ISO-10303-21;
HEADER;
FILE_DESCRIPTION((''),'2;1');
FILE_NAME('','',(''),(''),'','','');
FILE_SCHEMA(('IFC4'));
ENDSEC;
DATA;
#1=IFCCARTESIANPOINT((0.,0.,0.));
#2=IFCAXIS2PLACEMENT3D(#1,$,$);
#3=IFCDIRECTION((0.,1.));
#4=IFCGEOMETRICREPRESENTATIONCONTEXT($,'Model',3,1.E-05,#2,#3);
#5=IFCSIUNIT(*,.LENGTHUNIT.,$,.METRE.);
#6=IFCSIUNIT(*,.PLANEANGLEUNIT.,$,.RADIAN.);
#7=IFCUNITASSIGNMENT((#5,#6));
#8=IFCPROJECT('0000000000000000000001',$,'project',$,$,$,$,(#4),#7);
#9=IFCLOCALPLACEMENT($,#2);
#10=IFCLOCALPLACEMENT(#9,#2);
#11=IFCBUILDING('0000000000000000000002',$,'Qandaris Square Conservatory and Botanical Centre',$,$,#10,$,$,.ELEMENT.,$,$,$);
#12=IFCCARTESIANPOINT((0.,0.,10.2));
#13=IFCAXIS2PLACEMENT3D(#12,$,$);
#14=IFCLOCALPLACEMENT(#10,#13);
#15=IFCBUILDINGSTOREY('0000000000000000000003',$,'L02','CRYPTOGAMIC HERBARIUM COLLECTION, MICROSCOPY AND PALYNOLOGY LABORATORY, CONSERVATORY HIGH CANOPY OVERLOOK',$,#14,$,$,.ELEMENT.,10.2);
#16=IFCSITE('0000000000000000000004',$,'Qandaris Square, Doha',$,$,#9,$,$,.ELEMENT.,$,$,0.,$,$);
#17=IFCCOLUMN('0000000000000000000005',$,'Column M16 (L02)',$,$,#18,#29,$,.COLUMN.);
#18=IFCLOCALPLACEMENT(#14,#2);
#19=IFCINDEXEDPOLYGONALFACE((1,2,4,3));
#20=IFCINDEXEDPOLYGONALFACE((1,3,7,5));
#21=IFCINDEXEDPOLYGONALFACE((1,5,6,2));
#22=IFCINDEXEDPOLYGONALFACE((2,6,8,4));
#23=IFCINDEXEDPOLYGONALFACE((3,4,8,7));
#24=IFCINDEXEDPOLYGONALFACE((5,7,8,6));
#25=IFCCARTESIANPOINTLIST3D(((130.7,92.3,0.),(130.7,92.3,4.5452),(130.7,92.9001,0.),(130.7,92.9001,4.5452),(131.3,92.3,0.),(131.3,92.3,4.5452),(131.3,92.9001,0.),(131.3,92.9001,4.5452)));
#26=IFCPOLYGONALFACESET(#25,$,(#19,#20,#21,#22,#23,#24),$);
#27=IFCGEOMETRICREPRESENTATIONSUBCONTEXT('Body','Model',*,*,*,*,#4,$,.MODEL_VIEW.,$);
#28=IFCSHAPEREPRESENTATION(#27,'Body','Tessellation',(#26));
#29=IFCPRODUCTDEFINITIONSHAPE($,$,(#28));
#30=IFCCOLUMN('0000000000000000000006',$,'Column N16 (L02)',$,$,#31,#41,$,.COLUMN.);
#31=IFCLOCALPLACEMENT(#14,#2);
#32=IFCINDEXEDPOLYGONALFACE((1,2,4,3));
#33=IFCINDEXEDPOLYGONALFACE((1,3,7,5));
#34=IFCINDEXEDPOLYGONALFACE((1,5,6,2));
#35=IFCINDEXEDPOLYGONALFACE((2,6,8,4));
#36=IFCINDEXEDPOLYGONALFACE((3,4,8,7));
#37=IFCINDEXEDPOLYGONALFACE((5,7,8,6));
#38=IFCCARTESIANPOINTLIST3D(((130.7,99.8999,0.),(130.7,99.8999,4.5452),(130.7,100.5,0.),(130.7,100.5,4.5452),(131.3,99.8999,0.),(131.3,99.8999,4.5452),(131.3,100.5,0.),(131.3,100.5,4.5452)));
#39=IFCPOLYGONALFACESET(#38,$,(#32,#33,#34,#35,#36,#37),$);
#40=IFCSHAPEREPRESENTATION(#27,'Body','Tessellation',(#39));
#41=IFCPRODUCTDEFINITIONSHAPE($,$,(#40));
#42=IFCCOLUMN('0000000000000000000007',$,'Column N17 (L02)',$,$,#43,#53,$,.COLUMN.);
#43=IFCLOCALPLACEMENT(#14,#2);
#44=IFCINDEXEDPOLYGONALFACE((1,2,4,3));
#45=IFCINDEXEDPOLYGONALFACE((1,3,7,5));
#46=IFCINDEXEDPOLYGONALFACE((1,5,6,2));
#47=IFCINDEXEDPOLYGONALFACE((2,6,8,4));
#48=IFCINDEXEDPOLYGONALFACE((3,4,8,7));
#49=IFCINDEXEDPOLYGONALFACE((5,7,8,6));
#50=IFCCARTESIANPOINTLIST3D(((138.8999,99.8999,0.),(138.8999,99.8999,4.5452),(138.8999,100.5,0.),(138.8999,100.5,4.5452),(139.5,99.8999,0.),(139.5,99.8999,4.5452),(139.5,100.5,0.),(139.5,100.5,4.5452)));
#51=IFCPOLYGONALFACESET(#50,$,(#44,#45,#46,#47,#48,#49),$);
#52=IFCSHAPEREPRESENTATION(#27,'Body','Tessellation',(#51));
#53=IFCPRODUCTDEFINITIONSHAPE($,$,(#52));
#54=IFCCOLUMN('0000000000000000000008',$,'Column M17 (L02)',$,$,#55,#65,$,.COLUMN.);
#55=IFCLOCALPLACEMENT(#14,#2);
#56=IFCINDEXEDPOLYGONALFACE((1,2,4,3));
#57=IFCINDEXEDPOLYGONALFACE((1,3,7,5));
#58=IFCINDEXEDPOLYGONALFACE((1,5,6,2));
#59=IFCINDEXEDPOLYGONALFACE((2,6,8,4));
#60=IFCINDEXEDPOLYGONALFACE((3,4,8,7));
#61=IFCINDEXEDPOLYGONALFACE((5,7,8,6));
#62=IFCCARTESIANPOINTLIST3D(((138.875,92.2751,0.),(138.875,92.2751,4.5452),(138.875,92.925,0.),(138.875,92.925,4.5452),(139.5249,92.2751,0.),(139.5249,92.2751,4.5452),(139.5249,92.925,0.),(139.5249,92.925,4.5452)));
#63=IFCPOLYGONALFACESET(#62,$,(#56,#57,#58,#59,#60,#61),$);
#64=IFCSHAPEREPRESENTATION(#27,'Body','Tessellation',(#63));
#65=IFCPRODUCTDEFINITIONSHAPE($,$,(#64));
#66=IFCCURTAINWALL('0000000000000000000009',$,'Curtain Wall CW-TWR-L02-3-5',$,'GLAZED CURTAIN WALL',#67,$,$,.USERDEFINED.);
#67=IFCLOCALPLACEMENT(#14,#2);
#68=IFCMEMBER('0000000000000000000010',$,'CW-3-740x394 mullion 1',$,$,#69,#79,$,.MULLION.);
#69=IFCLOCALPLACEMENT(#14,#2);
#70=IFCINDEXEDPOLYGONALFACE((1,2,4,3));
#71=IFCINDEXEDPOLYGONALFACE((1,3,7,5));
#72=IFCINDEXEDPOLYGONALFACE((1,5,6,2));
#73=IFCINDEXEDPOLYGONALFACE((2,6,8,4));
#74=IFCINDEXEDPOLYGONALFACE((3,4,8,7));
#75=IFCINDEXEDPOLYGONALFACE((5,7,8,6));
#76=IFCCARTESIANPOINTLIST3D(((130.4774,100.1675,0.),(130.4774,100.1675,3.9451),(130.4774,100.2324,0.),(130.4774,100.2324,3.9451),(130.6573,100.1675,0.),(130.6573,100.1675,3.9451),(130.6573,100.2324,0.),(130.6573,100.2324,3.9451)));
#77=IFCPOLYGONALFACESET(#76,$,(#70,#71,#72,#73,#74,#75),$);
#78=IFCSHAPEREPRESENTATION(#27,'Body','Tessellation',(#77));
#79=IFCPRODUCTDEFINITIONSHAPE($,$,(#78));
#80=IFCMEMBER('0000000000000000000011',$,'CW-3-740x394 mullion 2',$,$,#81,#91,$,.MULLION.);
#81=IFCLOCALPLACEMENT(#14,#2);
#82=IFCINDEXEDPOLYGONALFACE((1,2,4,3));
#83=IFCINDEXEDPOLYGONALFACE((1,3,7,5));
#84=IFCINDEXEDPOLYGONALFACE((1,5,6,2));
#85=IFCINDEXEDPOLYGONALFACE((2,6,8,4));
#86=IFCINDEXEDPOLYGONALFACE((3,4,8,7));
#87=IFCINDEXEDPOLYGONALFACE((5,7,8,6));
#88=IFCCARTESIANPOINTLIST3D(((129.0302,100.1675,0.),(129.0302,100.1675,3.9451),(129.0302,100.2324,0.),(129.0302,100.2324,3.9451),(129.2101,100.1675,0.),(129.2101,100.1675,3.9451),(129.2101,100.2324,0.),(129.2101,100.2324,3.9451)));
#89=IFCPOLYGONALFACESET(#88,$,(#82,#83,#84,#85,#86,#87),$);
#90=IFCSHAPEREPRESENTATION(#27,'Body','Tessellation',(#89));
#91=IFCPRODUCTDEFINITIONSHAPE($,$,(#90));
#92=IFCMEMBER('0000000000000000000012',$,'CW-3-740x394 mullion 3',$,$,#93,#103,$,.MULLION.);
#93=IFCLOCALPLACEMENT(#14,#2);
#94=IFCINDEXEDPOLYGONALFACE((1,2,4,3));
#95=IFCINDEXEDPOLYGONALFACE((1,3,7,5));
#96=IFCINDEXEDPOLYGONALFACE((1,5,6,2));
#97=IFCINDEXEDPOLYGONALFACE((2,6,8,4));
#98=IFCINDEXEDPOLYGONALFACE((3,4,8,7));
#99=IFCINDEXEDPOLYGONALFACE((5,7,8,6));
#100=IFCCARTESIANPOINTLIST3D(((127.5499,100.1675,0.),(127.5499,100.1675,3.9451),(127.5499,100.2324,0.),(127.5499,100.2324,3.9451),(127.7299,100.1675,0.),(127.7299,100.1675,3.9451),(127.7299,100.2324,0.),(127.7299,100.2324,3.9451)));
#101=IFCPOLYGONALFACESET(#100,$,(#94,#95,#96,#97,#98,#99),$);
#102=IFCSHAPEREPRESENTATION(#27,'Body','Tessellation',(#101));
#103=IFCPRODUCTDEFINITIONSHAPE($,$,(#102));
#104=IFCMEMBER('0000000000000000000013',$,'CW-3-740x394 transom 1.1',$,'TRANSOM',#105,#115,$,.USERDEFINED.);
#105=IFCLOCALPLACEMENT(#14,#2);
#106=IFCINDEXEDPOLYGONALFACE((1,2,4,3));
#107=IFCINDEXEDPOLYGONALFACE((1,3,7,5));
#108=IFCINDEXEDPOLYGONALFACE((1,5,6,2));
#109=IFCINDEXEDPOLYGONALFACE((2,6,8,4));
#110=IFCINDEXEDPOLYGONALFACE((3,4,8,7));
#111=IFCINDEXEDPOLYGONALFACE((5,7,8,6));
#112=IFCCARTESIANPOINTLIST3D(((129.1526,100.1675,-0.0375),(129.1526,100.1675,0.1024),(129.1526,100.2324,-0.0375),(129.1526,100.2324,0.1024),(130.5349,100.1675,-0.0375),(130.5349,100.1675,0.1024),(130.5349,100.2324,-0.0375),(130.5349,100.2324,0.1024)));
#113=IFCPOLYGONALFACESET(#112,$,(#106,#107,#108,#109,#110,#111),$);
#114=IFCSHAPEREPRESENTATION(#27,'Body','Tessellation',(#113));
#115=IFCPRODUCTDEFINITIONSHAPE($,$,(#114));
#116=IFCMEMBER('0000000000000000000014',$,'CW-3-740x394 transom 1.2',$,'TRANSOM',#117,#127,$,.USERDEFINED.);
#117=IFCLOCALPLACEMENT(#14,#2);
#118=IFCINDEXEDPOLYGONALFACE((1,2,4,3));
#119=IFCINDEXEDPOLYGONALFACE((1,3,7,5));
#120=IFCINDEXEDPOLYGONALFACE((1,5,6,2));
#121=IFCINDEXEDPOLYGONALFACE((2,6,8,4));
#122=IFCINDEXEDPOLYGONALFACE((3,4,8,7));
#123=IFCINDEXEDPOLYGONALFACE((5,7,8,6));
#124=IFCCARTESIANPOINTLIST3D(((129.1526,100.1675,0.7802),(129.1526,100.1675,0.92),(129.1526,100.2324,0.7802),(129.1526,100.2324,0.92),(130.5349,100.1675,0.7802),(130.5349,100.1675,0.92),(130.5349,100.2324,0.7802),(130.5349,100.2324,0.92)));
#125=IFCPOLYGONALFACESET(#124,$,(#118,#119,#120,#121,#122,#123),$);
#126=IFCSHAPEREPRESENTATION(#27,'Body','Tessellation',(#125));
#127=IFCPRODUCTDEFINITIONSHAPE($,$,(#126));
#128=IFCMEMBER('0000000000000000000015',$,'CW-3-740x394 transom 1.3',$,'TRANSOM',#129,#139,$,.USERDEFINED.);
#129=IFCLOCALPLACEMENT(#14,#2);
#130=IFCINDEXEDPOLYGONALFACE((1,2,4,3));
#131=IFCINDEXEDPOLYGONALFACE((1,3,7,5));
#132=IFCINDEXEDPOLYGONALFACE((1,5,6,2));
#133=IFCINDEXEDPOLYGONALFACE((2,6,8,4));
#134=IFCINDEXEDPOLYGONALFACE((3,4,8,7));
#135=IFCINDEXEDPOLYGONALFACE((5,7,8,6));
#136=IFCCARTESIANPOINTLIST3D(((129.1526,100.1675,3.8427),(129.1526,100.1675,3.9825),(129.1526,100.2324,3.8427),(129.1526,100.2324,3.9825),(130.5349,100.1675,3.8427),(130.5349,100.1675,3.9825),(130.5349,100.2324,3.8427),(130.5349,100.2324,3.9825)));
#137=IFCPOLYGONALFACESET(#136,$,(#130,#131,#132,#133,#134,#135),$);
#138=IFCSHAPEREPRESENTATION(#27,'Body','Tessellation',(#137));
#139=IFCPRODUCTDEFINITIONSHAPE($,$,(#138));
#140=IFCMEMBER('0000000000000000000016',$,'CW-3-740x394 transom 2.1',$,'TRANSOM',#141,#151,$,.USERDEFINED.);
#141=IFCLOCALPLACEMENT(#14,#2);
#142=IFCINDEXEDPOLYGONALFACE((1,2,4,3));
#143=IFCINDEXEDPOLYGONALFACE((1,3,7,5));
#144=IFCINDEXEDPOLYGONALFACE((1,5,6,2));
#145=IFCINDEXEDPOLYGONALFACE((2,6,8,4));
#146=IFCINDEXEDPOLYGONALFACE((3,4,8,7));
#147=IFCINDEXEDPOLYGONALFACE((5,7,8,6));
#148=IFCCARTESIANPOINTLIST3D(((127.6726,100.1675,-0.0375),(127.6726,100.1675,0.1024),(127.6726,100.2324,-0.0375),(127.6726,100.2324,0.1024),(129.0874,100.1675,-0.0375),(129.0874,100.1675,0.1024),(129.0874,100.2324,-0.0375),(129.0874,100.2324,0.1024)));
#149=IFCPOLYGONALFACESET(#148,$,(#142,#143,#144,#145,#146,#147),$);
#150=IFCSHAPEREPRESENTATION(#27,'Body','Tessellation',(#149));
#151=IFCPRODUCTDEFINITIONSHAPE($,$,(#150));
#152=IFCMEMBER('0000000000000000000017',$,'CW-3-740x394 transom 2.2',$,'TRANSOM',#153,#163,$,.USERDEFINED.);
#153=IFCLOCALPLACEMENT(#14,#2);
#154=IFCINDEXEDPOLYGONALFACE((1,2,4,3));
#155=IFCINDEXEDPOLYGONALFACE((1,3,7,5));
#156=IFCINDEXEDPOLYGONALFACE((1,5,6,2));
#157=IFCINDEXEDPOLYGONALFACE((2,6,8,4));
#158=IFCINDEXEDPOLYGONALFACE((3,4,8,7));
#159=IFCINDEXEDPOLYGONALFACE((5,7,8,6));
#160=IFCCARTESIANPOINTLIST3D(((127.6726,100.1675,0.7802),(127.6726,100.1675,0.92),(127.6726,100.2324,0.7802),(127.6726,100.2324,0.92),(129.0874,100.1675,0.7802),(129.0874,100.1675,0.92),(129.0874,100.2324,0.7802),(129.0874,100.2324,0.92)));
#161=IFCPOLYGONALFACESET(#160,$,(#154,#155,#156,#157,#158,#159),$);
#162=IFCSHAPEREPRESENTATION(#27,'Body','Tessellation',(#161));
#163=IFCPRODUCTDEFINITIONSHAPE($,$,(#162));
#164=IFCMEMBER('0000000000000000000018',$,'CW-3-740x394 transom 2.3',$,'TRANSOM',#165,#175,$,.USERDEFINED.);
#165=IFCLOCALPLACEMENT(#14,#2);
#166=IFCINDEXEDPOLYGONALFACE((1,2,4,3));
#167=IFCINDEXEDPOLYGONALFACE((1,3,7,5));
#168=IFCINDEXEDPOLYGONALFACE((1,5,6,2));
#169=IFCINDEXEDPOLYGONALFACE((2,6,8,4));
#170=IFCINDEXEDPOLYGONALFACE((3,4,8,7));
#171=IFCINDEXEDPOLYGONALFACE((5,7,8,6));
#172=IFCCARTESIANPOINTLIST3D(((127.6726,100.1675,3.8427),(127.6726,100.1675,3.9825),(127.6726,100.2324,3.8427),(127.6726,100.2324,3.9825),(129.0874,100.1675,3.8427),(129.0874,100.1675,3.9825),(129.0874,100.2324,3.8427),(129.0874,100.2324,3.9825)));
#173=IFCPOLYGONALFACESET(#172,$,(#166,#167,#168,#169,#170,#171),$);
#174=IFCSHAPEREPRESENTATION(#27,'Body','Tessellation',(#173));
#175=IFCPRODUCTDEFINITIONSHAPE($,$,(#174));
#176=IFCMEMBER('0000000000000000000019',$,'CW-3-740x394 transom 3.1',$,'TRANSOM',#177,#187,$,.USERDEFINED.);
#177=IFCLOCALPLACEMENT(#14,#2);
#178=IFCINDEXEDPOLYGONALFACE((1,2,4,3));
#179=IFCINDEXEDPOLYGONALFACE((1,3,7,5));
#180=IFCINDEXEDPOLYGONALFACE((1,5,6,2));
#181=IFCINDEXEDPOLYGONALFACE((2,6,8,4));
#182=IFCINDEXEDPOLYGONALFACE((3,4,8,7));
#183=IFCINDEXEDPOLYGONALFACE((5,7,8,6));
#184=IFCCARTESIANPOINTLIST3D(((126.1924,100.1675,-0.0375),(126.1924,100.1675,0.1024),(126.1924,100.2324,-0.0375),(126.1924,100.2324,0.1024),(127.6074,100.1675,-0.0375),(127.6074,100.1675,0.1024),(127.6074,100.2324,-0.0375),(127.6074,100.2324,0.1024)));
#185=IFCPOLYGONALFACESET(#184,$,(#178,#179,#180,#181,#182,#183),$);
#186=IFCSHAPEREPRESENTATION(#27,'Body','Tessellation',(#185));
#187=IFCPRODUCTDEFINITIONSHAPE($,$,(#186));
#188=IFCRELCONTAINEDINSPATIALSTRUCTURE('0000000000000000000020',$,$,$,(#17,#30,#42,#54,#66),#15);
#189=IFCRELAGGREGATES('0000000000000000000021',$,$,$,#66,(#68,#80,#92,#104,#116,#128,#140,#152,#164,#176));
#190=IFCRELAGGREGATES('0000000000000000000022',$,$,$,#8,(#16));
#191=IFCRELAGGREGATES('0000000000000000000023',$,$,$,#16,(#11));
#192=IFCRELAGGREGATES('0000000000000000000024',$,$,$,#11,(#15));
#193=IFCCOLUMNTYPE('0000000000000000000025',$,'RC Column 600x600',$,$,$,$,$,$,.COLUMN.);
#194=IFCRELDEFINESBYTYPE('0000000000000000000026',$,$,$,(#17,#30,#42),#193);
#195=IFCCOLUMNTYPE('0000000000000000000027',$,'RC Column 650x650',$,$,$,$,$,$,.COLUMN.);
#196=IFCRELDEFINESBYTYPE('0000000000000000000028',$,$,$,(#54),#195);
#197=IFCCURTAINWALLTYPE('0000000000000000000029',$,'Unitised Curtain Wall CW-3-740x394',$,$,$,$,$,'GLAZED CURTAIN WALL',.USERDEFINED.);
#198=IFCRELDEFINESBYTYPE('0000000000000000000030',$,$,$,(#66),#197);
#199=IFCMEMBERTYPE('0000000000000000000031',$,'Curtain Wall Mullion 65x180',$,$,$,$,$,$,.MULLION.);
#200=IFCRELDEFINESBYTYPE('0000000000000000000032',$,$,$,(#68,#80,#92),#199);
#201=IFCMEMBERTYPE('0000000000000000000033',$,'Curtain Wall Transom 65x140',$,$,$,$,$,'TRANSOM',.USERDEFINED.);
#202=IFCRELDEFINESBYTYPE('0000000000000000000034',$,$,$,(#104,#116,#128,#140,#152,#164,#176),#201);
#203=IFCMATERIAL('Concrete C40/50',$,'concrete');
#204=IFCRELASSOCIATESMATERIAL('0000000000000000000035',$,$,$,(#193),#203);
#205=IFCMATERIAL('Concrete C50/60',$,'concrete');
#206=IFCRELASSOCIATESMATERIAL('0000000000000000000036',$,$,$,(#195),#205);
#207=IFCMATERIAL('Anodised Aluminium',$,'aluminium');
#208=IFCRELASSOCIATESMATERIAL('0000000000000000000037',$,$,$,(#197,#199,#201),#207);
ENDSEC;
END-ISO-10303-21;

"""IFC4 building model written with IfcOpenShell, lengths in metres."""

from ifc_helpers import new_model, si_unit, direction, frame, origin, origin_2d, place, context, subcontext, project, spatial, rectangle, extrude, material, material_profile, profile_set, type_object, element, aggregate, save


model = new_model("IFC4")

# Units and contexts
model_context = context("Model", 3, precision=1e-05, world=origin(), true_north=direction((0.0, 1.0)))
body_context = subcontext(model_context, "Body", "Model", "MODEL_VIEW")
ifc_project = project(units=[si_unit("LENGTHUNIT", "METRE"), si_unit("PLANEANGLEUNIT", "RADIAN")], contexts=[model_context])

# Site, building, storey
site_placement = place(None, origin())
site = spatial("IfcSite", under=ifc_project, at=site_placement, Name="Qandaris Square, Doha", CompositionType="ELEMENT", RefElevation=0.0)
building_placement = place(site_placement, origin())
building = spatial("IfcBuilding", under=site, at=building_placement, Name="Qandaris Square Conservatory and Botanical Centre", CompositionType="ELEMENT")
storey_placement = place(building_placement, frame((0.0, 0.0, 10.2)))
storey = spatial("IfcBuildingStorey", under=building, at=storey_placement, Name="L02", Description="CRYPTOGAMIC HERBARIUM COLLECTION, MICROSCOPY AND PALYNOLOGY LABORATORY, CONSERVATORY HIGH CANOPY OVERLOOK", CompositionType="ELEMENT", Elevation=10.2)

# Columns
ifc_material_1 = material(Name="Concrete C40/50", Category="concrete")
ifc_material_profile_1 = material_profile(ifc_material_1, rectangle(XDim=0.6001, YDim=0.6001, at=origin_2d()), Name="RC-COL 600x600")
ifc_profile_set_1 = profile_set([ifc_material_profile_1], Name="Concrete C40/50")
column_type_1 = type_object("IfcColumnType", Name="RC Column 600x600", PredefinedType="COLUMN", material=ifc_profile_set_1)
for number, where, z_axis, x_axis, name in (
    (1, (131.0, 92.6001, 0.0), (0.0, 0.0, 1.0), (1.0, 0.0, 0.0), "Column M16 (L02)"),
    (2, (131.0, 100.2, 0.0), (0.0, 0.0, 1.0), (1.0, 0.0, 0.0), "Column N16 (L02)"),
    (3, (139.2, 100.2, 0.0), (0.0, 0.0, 1.0), (1.0, 0.0, 0.0), "Column N17 (L02)"),
):
    element("IfcColumn", number, at=place(storey_placement, frame(where, z_axis=z_axis, x_axis=x_axis)), inside=storey, type_object=column_type_1, Name=name, PredefinedType="COLUMN", context=body_context, shape_type="SweptSolid", body=[
        extrude(rectangle(XDim=0.6001, YDim=0.6001, at=origin_2d()), origin(), (0.0, 0.0, 1.0), 4.5452),
    ])
ifc_material_2 = material(Name="Concrete C50/60", Category="concrete")
ifc_material_profile_2 = material_profile(ifc_material_2, rectangle(XDim=0.6499, YDim=0.6499, at=origin_2d()), Name="RC-COL 650x650")
ifc_profile_set_2 = profile_set([ifc_material_profile_2], Name="Concrete C50/60")
column_type_2 = type_object("IfcColumnType", Name="RC Column 650x650", PredefinedType="COLUMN", material=ifc_profile_set_2)
column_placement = place(storey_placement, frame((139.2, 92.6001, 0.0), z_axis=(0.0, 0.0, 1.0), x_axis=(1.0, 0.0, 0.0)))
element("IfcColumn", 4, at=column_placement, inside=storey, type_object=column_type_2, Name="Column M17 (L02)", PredefinedType="COLUMN", context=body_context, shape_type="SweptSolid", body=[
    extrude(rectangle(XDim=0.6499, YDim=0.6499, at=origin_2d()), origin(), (0.0, 0.0, 1.0), 4.5452),
])

# Curtain wall, members
ifc_material_3 = material(Name="Anodised Aluminium", Category="aluminium")
curtain_wall_type = type_object("IfcCurtainWallType", Name="Unitised Curtain Wall CW-3-740x394", ElementType="GLAZED CURTAIN WALL", PredefinedType="USERDEFINED", material=ifc_material_3)
curtain_wall_placement = place(storey_placement, origin())
curtain_wall = element("IfcCurtainWall", 5, at=curtain_wall_placement, inside=storey, type_object=curtain_wall_type, Name="Curtain Wall CW-TWR-L02-3-5", ObjectType="GLAZED CURTAIN WALL", PredefinedType="USERDEFINED")
ifc_material_profile_3 = material_profile(ifc_material_3, rectangle(XDim=0.0649, YDim=0.1799, at=origin_2d()), Name="ALU-MUL 65x180")
ifc_profile_set_3 = profile_set([ifc_material_profile_3], Name="Anodised Aluminium")
member_type_1 = type_object("IfcMemberType", Name="Curtain Wall Mullion 65x180", PredefinedType="MULLION", material=ifc_profile_set_3)
member_1_placement = place(storey_placement, frame((130.5674, 100.2, 0.0), z_axis=(0.0, 0.0, 1.0), x_axis=(0.0, -1.0, 0.0)))
member_1 = element("IfcMember", 6, at=member_1_placement, type_object=member_type_1, Name="CW-3-740x394 mullion 1", PredefinedType="MULLION", context=body_context, shape_type="SweptSolid", body=[
    extrude(rectangle(XDim=0.0649, YDim=0.1799, at=origin_2d()), origin(), (0.0, 0.0, 1.0), 3.9451),
])
member_2_placement = place(storey_placement, frame((129.1201, 100.2, 0.0), z_axis=(0.0, 0.0, 1.0), x_axis=(0.0, -1.0, 0.0)))
member_2 = element("IfcMember", 7, at=member_2_placement, type_object=member_type_1, Name="CW-3-740x394 mullion 2", PredefinedType="MULLION", context=body_context, shape_type="SweptSolid", body=[
    extrude(rectangle(XDim=0.0649, YDim=0.1799, at=origin_2d()), origin(), (0.0, 0.0, 1.0), 3.9451),
])
member_3_placement = place(storey_placement, frame((127.6399, 100.2, 0.0), z_axis=(0.0, 0.0, 1.0), x_axis=(0.0, -1.0, 0.0)))
member_3 = element("IfcMember", 8, at=member_3_placement, type_object=member_type_1, Name="CW-3-740x394 mullion 3", PredefinedType="MULLION", context=body_context, shape_type="SweptSolid", body=[
    extrude(rectangle(XDim=0.0649, YDim=0.1799, at=origin_2d()), origin(), (0.0, 0.0, 1.0), 3.9451),
])
ifc_material_profile_4 = material_profile(ifc_material_3, rectangle(XDim=0.0649, YDim=0.1399, at=origin_2d()), Name="ALU-TRN 65x140")
ifc_profile_set_4 = profile_set([ifc_material_profile_4], Name="Anodised Aluminium")
member_type_2 = type_object("IfcMemberType", Name="Curtain Wall Transom 65x140", ElementType="TRANSOM", PredefinedType="USERDEFINED", material=ifc_profile_set_4)
member_4_placement = place(storey_placement, frame((130.5349, 100.2, 0.0325), z_axis=(-1.0, 0.0, 0.0), x_axis=(0.0, -1.0, 0.0)))
member_4 = element("IfcMember", 9, at=member_4_placement, type_object=member_type_2, Name="CW-3-740x394 transom 1.1", ObjectType="TRANSOM", PredefinedType="USERDEFINED", context=body_context, shape_type="SweptSolid", body=[
    extrude(rectangle(XDim=0.0649, YDim=0.1399, at=origin_2d()), origin(), (0.0, 0.0, 1.0), 1.3823),
])
member_5_placement = place(storey_placement, frame((130.5349, 100.2, 0.8501), z_axis=(-1.0, 0.0, 0.0), x_axis=(0.0, -1.0, 0.0)))
member_5 = element("IfcMember", 10, at=member_5_placement, type_object=member_type_2, Name="CW-3-740x394 transom 1.2", ObjectType="TRANSOM", PredefinedType="USERDEFINED", context=body_context, shape_type="SweptSolid", body=[
    extrude(rectangle(XDim=0.0649, YDim=0.1399, at=origin_2d()), origin(), (0.0, 0.0, 1.0), 1.3823),
])
member_6_placement = place(storey_placement, frame((130.5349, 100.2, 3.9126), z_axis=(-1.0, 0.0, 0.0), x_axis=(0.0, -1.0, 0.0)))
member_6 = element("IfcMember", 11, at=member_6_placement, type_object=member_type_2, Name="CW-3-740x394 transom 1.3", ObjectType="TRANSOM", PredefinedType="USERDEFINED", context=body_context, shape_type="SweptSolid", body=[
    extrude(rectangle(XDim=0.0649, YDim=0.1399, at=origin_2d()), origin(), (0.0, 0.0, 1.0), 1.3823),
])
member_7_placement = place(storey_placement, frame((129.0874, 100.2, 0.0325), z_axis=(-1.0, 0.0, 0.0), x_axis=(0.0, -1.0, 0.0)))
member_7 = element("IfcMember", 12, at=member_7_placement, type_object=member_type_2, Name="CW-3-740x394 transom 2.1", ObjectType="TRANSOM", PredefinedType="USERDEFINED", context=body_context, shape_type="SweptSolid", body=[
    extrude(rectangle(XDim=0.0649, YDim=0.1399, at=origin_2d()), origin(), (0.0, 0.0, 1.0), 1.4148),
])
member_8_placement = place(storey_placement, frame((129.0874, 100.2, 0.8501), z_axis=(-1.0, 0.0, 0.0), x_axis=(0.0, -1.0, 0.0)))
member_8 = element("IfcMember", 13, at=member_8_placement, type_object=member_type_2, Name="CW-3-740x394 transom 2.2", ObjectType="TRANSOM", PredefinedType="USERDEFINED", context=body_context, shape_type="SweptSolid", body=[
    extrude(rectangle(XDim=0.0649, YDim=0.1399, at=origin_2d()), origin(), (0.0, 0.0, 1.0), 1.4148),
])
member_9_placement = place(storey_placement, frame((129.0874, 100.2, 3.9126), z_axis=(-1.0, 0.0, 0.0), x_axis=(0.0, -1.0, 0.0)))
member_9 = element("IfcMember", 14, at=member_9_placement, type_object=member_type_2, Name="CW-3-740x394 transom 2.3", ObjectType="TRANSOM", PredefinedType="USERDEFINED", context=body_context, shape_type="SweptSolid", body=[
    extrude(rectangle(XDim=0.0649, YDim=0.1399, at=origin_2d()), origin(), (0.0, 0.0, 1.0), 1.4148),
])
member_10_placement = place(storey_placement, frame((127.6074, 100.2, 0.0325), z_axis=(-1.0, 0.0, 0.0), x_axis=(0.0, -1.0, 0.0)))
member_10 = element("IfcMember", 15, at=member_10_placement, type_object=member_type_2, Name="CW-3-740x394 transom 3.1", ObjectType="TRANSOM", PredefinedType="USERDEFINED", context=body_context, shape_type="SweptSolid", body=[
    extrude(rectangle(XDim=0.0649, YDim=0.1399, at=origin_2d()), origin(), (0.0, 0.0, 1.0), 1.415),
])

aggregate(curtain_wall, [member_1, member_2, member_3, member_4, member_5, member_6, member_7, member_8, member_9, member_10])

save(model, "model.ifc")
